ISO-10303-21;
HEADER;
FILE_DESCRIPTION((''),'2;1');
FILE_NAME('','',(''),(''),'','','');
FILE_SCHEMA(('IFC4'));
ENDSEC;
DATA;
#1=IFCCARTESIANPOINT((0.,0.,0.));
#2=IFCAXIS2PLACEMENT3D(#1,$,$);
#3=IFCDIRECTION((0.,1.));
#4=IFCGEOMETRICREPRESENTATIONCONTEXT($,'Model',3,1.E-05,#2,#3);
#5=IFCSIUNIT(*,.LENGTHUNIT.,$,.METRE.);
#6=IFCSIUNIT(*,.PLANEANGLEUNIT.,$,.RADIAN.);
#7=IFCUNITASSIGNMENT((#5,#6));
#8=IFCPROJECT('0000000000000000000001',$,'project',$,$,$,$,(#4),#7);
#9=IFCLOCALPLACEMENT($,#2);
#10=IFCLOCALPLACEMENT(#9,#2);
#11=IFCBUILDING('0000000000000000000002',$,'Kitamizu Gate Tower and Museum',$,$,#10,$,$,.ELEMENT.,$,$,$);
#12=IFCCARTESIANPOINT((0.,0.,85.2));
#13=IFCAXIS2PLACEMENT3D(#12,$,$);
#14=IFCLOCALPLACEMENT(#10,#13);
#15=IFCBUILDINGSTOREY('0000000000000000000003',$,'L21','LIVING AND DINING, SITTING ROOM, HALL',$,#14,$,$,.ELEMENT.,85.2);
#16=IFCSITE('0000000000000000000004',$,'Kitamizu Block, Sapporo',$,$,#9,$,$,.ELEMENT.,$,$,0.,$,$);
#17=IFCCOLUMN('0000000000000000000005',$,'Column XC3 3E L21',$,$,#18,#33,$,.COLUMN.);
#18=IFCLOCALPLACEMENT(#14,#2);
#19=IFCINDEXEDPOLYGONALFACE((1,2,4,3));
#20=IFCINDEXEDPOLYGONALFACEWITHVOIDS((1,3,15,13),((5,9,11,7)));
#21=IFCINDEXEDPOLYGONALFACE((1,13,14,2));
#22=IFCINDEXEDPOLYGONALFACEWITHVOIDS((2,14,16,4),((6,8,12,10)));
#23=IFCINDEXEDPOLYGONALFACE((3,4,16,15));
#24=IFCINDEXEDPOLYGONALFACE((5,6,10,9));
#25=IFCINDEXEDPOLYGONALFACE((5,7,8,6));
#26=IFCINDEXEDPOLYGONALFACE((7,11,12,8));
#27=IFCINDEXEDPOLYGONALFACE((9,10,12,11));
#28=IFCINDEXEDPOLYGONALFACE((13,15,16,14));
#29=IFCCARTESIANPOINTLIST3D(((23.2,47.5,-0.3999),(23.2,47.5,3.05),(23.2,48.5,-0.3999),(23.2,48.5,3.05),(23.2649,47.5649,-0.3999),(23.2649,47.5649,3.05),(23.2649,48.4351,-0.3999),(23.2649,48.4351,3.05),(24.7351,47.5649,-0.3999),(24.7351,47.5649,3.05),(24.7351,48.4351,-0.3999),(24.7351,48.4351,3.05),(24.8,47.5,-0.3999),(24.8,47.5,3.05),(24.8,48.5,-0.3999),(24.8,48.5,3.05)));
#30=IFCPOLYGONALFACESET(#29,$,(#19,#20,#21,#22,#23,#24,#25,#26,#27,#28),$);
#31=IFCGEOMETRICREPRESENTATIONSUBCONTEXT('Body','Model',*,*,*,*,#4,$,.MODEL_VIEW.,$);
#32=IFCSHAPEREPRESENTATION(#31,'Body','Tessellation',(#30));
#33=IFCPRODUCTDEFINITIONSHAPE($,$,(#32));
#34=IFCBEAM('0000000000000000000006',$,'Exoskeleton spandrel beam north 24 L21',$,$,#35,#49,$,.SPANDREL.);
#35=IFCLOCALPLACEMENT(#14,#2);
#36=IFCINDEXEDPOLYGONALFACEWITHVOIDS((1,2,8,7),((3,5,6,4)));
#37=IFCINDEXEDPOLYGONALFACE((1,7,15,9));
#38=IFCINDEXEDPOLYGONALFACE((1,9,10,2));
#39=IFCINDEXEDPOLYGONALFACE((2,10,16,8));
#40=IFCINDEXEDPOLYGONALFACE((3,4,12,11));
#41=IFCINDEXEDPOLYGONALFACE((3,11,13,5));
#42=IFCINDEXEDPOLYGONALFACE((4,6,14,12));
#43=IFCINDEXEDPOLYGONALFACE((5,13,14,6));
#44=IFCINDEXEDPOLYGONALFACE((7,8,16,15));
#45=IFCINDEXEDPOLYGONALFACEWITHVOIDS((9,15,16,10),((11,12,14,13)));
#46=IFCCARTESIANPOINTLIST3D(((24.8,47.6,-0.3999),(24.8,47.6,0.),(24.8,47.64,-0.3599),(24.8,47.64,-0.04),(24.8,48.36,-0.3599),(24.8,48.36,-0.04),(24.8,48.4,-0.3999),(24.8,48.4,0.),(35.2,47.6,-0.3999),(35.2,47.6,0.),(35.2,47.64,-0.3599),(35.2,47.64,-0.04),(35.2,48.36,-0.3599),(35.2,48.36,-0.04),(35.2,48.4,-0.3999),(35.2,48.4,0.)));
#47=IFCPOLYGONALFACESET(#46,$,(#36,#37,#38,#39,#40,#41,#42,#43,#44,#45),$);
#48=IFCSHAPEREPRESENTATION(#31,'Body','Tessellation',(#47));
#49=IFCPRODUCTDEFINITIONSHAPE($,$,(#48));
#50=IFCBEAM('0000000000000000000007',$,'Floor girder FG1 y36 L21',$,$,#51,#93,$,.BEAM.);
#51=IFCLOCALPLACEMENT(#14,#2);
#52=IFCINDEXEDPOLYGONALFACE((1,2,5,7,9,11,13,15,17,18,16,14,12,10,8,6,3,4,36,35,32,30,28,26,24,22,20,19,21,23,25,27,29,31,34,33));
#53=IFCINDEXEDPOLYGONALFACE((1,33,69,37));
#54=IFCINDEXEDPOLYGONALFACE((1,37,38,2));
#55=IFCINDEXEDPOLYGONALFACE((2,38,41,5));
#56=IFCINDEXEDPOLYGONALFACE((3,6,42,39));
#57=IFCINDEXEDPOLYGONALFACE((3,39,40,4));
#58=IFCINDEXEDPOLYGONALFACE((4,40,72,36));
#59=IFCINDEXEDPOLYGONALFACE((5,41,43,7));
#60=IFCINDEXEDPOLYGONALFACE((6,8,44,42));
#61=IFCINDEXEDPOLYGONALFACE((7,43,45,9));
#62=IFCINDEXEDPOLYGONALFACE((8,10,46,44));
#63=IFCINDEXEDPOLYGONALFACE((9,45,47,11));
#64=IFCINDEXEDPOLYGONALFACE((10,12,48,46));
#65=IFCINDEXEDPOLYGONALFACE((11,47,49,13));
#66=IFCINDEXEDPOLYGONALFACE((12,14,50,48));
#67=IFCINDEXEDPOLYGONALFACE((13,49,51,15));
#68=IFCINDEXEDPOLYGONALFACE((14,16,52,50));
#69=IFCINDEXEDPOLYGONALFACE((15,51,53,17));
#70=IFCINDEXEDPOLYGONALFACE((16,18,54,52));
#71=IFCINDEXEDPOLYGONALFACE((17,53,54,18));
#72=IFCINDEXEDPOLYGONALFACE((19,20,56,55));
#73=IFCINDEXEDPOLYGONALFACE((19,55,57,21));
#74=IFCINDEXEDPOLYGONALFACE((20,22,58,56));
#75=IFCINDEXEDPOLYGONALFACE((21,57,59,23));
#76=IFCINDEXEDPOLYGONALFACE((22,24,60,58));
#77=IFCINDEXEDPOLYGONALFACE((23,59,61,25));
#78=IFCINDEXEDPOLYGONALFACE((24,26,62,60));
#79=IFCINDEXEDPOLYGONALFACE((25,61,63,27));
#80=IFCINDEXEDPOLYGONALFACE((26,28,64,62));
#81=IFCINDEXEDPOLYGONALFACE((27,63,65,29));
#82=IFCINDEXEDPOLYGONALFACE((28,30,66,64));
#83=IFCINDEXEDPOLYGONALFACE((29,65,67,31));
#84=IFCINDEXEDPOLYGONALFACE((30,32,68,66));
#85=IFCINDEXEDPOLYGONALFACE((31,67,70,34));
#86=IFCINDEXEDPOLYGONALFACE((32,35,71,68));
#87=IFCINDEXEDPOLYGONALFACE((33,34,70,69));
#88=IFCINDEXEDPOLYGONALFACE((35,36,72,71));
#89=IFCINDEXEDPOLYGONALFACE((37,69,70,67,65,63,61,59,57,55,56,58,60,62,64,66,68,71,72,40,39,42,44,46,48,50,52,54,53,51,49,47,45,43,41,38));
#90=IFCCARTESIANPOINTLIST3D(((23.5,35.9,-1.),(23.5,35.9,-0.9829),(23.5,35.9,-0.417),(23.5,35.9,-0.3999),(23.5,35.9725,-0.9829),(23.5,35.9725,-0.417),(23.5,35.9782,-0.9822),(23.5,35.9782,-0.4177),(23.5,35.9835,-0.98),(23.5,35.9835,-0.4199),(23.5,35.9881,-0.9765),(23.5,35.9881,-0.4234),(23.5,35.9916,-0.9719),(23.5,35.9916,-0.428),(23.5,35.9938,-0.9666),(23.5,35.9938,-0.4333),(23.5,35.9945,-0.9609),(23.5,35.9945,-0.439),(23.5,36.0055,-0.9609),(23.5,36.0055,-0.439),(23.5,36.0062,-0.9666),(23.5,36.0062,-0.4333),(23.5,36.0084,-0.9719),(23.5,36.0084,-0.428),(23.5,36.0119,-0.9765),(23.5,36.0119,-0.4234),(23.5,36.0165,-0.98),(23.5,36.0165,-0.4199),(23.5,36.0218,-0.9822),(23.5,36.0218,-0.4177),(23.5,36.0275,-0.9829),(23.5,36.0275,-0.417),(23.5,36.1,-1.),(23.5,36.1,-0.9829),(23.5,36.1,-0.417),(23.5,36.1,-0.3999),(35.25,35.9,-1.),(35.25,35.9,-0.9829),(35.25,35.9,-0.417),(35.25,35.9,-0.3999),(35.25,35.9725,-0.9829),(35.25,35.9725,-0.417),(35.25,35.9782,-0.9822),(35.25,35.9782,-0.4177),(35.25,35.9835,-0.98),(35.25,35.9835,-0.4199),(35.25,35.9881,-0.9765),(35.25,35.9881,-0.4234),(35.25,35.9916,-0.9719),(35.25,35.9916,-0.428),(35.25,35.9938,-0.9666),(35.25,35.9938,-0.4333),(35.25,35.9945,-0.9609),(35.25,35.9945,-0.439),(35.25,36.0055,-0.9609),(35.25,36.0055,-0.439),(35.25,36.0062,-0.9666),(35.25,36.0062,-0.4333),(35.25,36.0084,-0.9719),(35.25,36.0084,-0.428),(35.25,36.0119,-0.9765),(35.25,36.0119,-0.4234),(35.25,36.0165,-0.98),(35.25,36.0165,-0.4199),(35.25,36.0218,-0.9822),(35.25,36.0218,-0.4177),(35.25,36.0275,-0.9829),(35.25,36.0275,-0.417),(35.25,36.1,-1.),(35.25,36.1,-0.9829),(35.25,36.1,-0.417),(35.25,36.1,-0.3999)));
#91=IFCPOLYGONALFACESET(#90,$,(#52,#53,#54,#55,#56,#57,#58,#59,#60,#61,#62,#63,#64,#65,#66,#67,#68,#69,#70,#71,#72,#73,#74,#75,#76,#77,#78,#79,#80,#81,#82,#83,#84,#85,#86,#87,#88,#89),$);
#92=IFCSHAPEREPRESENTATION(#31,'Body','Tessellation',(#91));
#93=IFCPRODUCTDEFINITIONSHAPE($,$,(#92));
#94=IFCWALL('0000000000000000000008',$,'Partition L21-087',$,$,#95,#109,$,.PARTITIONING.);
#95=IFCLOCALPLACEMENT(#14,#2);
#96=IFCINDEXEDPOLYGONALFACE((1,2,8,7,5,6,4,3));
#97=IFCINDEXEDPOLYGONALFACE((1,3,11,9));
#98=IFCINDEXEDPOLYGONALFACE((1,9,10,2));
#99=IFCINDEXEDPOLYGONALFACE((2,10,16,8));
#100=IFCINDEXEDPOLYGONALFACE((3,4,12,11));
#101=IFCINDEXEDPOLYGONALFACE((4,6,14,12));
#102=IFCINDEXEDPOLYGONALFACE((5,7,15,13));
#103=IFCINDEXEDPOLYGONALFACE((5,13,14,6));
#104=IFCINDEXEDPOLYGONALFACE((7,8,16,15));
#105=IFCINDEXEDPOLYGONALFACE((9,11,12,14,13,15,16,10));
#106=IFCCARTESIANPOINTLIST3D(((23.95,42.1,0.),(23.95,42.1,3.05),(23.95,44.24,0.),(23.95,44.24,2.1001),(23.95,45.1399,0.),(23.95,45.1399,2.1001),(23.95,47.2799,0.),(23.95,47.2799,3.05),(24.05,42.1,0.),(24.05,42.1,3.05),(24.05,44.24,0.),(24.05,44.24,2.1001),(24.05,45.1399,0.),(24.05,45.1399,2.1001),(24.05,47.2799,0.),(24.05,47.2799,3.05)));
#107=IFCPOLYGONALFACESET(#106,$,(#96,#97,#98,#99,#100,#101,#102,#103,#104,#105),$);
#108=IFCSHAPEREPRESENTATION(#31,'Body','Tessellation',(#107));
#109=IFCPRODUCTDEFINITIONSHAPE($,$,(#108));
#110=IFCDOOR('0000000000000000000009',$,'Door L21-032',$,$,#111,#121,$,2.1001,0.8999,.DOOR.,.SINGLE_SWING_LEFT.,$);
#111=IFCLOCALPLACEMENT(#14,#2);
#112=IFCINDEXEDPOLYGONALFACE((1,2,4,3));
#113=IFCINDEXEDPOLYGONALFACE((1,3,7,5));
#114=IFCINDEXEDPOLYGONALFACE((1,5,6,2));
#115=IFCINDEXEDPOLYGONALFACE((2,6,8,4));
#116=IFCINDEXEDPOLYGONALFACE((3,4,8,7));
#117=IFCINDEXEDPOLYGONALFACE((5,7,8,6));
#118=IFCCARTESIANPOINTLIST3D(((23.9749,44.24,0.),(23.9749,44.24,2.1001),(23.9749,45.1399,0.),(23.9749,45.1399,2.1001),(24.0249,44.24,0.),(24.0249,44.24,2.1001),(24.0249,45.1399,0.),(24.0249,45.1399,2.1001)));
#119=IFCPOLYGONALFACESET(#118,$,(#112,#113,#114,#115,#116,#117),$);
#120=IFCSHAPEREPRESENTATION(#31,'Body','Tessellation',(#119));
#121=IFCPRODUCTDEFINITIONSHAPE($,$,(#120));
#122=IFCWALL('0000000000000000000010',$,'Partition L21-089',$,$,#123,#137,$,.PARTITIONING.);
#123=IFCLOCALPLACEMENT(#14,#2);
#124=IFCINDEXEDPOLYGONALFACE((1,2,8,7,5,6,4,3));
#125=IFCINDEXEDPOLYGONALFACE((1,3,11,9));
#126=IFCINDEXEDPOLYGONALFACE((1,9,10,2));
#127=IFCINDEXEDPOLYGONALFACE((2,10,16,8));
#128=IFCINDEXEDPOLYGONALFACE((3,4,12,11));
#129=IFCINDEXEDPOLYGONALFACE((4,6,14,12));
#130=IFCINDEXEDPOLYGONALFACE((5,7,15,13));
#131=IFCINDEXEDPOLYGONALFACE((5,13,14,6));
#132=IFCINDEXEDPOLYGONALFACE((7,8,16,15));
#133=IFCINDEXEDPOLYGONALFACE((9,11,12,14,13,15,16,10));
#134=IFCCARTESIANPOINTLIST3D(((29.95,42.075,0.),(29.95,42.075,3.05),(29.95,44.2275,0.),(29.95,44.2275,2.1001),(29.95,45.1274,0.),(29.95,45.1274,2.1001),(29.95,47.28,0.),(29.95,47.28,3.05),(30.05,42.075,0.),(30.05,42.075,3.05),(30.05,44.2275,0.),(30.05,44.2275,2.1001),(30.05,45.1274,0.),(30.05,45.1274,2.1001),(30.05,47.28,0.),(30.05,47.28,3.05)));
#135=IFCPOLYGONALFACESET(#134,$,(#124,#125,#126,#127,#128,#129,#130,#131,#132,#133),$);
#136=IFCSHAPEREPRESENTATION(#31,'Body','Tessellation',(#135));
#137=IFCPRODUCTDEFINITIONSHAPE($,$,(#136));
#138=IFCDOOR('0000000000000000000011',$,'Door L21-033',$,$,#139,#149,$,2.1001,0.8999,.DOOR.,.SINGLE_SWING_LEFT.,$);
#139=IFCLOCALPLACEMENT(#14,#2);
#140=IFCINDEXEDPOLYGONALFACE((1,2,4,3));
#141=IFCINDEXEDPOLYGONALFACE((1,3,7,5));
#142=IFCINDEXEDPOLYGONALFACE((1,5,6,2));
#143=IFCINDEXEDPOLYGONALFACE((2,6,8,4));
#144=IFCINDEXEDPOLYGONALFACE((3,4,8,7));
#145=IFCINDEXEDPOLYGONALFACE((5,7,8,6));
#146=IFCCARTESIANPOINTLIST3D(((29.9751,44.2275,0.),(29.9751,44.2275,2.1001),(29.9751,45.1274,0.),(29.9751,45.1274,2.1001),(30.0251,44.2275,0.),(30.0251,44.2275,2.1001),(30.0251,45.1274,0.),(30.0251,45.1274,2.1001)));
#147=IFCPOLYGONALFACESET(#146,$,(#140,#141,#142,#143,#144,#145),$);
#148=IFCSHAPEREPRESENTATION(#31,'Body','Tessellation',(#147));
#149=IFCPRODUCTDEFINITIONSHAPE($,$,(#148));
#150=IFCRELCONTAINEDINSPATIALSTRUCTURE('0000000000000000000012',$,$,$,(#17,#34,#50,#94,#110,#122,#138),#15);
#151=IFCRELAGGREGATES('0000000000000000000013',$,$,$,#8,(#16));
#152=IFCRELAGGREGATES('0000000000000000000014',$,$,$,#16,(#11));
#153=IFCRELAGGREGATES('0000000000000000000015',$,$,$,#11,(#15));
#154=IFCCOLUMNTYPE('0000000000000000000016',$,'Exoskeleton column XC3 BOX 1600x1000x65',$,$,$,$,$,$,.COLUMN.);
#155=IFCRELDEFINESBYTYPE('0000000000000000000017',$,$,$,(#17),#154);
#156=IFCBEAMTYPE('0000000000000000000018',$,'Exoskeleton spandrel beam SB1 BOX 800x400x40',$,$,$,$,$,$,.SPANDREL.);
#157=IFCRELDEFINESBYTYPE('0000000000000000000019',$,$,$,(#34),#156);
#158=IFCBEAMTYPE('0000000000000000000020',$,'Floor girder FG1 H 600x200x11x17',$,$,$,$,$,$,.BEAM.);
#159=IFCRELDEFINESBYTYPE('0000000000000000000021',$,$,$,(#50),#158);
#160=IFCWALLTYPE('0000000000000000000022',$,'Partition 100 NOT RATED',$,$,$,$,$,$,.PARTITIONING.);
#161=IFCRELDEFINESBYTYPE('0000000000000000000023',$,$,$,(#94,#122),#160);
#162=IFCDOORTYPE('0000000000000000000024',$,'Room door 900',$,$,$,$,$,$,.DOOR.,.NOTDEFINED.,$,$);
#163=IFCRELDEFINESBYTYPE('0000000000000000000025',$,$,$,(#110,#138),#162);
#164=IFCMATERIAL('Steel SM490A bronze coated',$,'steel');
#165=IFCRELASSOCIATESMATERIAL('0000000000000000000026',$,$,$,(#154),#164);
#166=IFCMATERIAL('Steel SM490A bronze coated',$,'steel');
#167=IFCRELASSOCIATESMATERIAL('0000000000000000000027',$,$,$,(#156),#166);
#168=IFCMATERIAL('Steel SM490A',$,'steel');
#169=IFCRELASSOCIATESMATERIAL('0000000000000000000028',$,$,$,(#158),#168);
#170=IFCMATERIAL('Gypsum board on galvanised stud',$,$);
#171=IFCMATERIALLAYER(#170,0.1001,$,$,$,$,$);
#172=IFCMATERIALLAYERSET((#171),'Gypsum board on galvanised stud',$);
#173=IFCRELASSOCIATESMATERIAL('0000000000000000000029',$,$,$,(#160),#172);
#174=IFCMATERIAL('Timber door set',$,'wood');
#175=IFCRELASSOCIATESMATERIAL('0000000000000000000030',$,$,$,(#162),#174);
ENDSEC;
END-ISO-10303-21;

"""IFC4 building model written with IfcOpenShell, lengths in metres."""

from ifc_helpers import new_model, si_unit, direction, frame, frame_2d, origin, origin_2d, place, context, subcontext, project, spatial, rectangle, hollow_rectangle, i_section, extrude, material, layer, layer_set, material_profile, profile_set, type_object, element, fill, save


model = new_model("IFC4")

# Units and contexts
model_context = context("Model", 3, precision=1e-05, world=origin(), true_north=direction((0.0, 1.0)))
body_context = subcontext(model_context, "Body", "Model", "MODEL_VIEW")
ifc_project = project(units=[si_unit("LENGTHUNIT", "METRE"), si_unit("PLANEANGLEUNIT", "RADIAN")], contexts=[model_context])

# Site, building, storey
site_placement = place(None, origin())
site = spatial("IfcSite", under=ifc_project, at=site_placement, Name="Kitamizu Block, Sapporo", CompositionType="ELEMENT", RefElevation=0.0)
building_placement = place(site_placement, origin())
building = spatial("IfcBuilding", under=site, at=building_placement, Name="Kitamizu Gate Tower and Museum", CompositionType="ELEMENT")
storey_placement = place(building_placement, frame((0.0, 0.0, 85.2)))
storey = spatial("IfcBuildingStorey", under=building, at=storey_placement, Name="L21", Description="LIVING AND DINING, SITTING ROOM, HALL", CompositionType="ELEMENT", Elevation=85.2)

# Column
ifc_material_1 = material(Name="Steel SM490A bronze coated", Category="steel")
ifc_material_profile_1 = material_profile(ifc_material_1, hollow_rectangle(XDim=1.6001, YDim=1.0, WallThickness=0.0649, at=origin_2d()), Name="BOX 1600x1000x65")
ifc_profile_set_1 = profile_set([ifc_material_profile_1], Name="Steel SM490A bronze coated")
column_type = type_object("IfcColumnType", Name="Exoskeleton column XC3 BOX 1600x1000x65", PredefinedType="COLUMN", material=ifc_profile_set_1)
column_placement = place(storey_placement, frame((24.0, 48.0, -0.3999), z_axis=(0.0, 0.0, 1.0), x_axis=(1.0, 0.0, 0.0)))
element("IfcColumn", 1, at=column_placement, inside=storey, type_object=column_type, Name="Column XC3 3E L21", PredefinedType="COLUMN", context=body_context, shape_type="SweptSolid", body=[
    extrude(hollow_rectangle(XDim=1.6001, YDim=1.0, WallThickness=0.0649, at=origin_2d()), origin(), (0.0, 0.0, 1.0), 3.45),
])

# Beams
ifc_material_2 = material(Name="Steel SM490A bronze coated", Category="steel")
ifc_material_profile_2 = material_profile(ifc_material_2, hollow_rectangle(XDim=0.8, YDim=0.3999, WallThickness=0.04, at=origin_2d()), Name="BOX 800x400x40")
ifc_profile_set_2 = profile_set([ifc_material_profile_2], Name="Steel SM490A bronze coated")
beam_type_1 = type_object("IfcBeamType", Name="Exoskeleton spandrel beam SB1 BOX 800x400x40", PredefinedType="SPANDREL", material=ifc_profile_set_2)
beam_1_placement = place(storey_placement, frame((24.8, 48.0, -0.2), z_axis=(1.0, 0.0, 0.0), x_axis=(0.0, 1.0, 0.0)))
element("IfcBeam", 2, at=beam_1_placement, inside=storey, type_object=beam_type_1, Name="Exoskeleton spandrel beam north 24 L21", PredefinedType="SPANDREL", context=body_context, shape_type="SweptSolid", body=[
    extrude(hollow_rectangle(XDim=0.8, YDim=0.3999, WallThickness=0.04, at=origin_2d()), origin(), (0.0, 0.0, 1.0), 10.3999),
])
ifc_material_3 = material(Name="Steel SM490A", Category="steel")
ifc_material_profile_3 = material_profile(ifc_material_3, i_section(OverallWidth=0.2, OverallDepth=0.6001, WebThickness=0.011, FlangeThickness=0.0171, FilletRadius=0.022, at=origin_2d()), Name="H-600x200x11x17")
ifc_profile_set_3 = profile_set([ifc_material_profile_3], Name="Steel SM490A")
beam_type_2 = type_object("IfcBeamType", Name="Floor girder FG1 H 600x200x11x17", PredefinedType="BEAM", material=ifc_profile_set_3)
beam_2_placement = place(storey_placement, frame((23.5, 36.0, -0.7), z_axis=(1.0, 0.0, 0.0), x_axis=(0.0, 1.0, 0.0)))
element("IfcBeam", 3, at=beam_2_placement, inside=storey, type_object=beam_type_2, Name="Floor girder FG1 y36 L21", PredefinedType="BEAM", context=body_context, shape_type="SweptSolid", body=[
    extrude(i_section(OverallWidth=0.2, OverallDepth=0.6001, WebThickness=0.011, FlangeThickness=0.0171, FilletRadius=0.022, at=origin_2d()), origin(), (0.0, 0.0, 1.0), 11.75),
])

# Walls, openings, doors
ifc_material_4 = material(Name="Gypsum board on galvanised stud")
ifc_layer_1 = layer(ifc_material_4, 0.1001)
ifc_layer_set_1 = layer_set([ifc_layer_1], Name="Gypsum board on galvanised stud")
wall_type_1 = type_object("IfcWallType", Name="Partition 100 NOT RATED", PredefinedType="PARTITIONING", material=ifc_layer_set_1)
wall_1_placement = place(storey_placement, frame((24.0, 42.1001, 0.0), z_axis=(0.0, 0.0, 1.0), x_axis=(0.0, 1.0, 0.0)))
wall_1 = element("IfcWall", 4, at=wall_1_placement, inside=storey, type_object=wall_type_1, Name="Partition L21-087", PredefinedType="PARTITIONING", context=body_context, shape_type="SweptSolid", body=[
    extrude(rectangle(XDim=5.1799, YDim=0.1001, at=frame_2d((2.5898, 0.0))), origin(), (0.0, 0.0, 1.0), 3.05),
])
opening_1_placement = place(wall_1_placement, frame((2.1399, 0.0, 0.0)))
opening_1 = element("IfcOpeningElement", 5, at=opening_1_placement, cuts=wall_1, PredefinedType="OPENING", context=body_context, shape_type="SweptSolid", body=[
    extrude(rectangle(XDim=0.8999, YDim=2.1001, at=frame_2d((0.45, 1.05))), frame((0.0, 0.0601, 0.0), z_axis=(0.0, -1.0, 0.0), x_axis=(1.0, 0.0, 0.0)), (0.0, 0.0, 1.0), 0.1201),
])
ifc_material_5 = material(Name="Timber door set", Category="wood")
door_type_1 = type_object("IfcDoorType", Name="Room door 900", OperationType="NOTDEFINED", PredefinedType="DOOR", material=ifc_material_5)
door_1_placement = place(opening_1_placement, frame((0.8999, 0.0, 0.0), x_axis=(-1.0, 0.0, 0.0)))
door_1 = element("IfcDoor", 6, at=door_1_placement, inside=storey, type_object=door_type_1, Name="Door L21-032", OperationType="SINGLE_SWING_LEFT", OverallHeight=2.1001, OverallWidth=0.8999, PredefinedType="DOOR", context=body_context, shape_type="SweptSolid", body=[
    extrude(rectangle(XDim=0.8999, YDim=2.1001, at=frame_2d((0.45, 1.05))), frame((0.0, 0.0249, 0.0), z_axis=(0.0, -1.0, 0.0), x_axis=(1.0, 0.0, 0.0)), (0.0, 0.0, 1.0), 0.05),
])
fill(opening_1, door_1)
wall_2_placement = place(storey_placement, frame((30.0, 42.075, 0.0), z_axis=(0.0, 0.0, 1.0), x_axis=(0.0, 1.0, 0.0)))
wall_2 = element("IfcWall", 7, at=wall_2_placement, inside=storey, type_object=wall_type_1, Name="Partition L21-089", PredefinedType="PARTITIONING", context=body_context, shape_type="SweptSolid", body=[
    extrude(rectangle(XDim=5.2051, YDim=0.1001, at=frame_2d((2.6025, 0.0))), origin(), (0.0, 0.0, 1.0), 3.05),
])
opening_2_placement = place(wall_2_placement, frame((2.1526, 0.0, 0.0)))
opening_2 = element("IfcOpeningElement", 8, at=opening_2_placement, cuts=wall_2, PredefinedType="OPENING", context=body_context, shape_type="SweptSolid", body=[
    extrude(rectangle(XDim=0.8999, YDim=2.1001, at=frame_2d((0.45, 1.05))), frame((0.0, 0.0601, 0.0), z_axis=(0.0, -1.0, 0.0), x_axis=(1.0, 0.0, 0.0)), (0.0, 0.0, 1.0), 0.1201),
])
door_2_placement = place(opening_2_placement, origin())
door_2 = element("IfcDoor", 9, at=door_2_placement, inside=storey, type_object=door_type_1, Name="Door L21-033", OperationType="SINGLE_SWING_LEFT", OverallHeight=2.1001, OverallWidth=0.8999, PredefinedType="DOOR", context=body_context, shape_type="SweptSolid", body=[
    extrude(rectangle(XDim=0.8999, YDim=2.1001, at=frame_2d((0.45, 1.05))), frame((0.0, 0.0249, 0.0), z_axis=(0.0, -1.0, 0.0), x_axis=(1.0, 0.0, 0.0)), (0.0, 0.0, 1.0), 0.05),
])
fill(opening_2, door_2)

save(model, "model.ifc")
